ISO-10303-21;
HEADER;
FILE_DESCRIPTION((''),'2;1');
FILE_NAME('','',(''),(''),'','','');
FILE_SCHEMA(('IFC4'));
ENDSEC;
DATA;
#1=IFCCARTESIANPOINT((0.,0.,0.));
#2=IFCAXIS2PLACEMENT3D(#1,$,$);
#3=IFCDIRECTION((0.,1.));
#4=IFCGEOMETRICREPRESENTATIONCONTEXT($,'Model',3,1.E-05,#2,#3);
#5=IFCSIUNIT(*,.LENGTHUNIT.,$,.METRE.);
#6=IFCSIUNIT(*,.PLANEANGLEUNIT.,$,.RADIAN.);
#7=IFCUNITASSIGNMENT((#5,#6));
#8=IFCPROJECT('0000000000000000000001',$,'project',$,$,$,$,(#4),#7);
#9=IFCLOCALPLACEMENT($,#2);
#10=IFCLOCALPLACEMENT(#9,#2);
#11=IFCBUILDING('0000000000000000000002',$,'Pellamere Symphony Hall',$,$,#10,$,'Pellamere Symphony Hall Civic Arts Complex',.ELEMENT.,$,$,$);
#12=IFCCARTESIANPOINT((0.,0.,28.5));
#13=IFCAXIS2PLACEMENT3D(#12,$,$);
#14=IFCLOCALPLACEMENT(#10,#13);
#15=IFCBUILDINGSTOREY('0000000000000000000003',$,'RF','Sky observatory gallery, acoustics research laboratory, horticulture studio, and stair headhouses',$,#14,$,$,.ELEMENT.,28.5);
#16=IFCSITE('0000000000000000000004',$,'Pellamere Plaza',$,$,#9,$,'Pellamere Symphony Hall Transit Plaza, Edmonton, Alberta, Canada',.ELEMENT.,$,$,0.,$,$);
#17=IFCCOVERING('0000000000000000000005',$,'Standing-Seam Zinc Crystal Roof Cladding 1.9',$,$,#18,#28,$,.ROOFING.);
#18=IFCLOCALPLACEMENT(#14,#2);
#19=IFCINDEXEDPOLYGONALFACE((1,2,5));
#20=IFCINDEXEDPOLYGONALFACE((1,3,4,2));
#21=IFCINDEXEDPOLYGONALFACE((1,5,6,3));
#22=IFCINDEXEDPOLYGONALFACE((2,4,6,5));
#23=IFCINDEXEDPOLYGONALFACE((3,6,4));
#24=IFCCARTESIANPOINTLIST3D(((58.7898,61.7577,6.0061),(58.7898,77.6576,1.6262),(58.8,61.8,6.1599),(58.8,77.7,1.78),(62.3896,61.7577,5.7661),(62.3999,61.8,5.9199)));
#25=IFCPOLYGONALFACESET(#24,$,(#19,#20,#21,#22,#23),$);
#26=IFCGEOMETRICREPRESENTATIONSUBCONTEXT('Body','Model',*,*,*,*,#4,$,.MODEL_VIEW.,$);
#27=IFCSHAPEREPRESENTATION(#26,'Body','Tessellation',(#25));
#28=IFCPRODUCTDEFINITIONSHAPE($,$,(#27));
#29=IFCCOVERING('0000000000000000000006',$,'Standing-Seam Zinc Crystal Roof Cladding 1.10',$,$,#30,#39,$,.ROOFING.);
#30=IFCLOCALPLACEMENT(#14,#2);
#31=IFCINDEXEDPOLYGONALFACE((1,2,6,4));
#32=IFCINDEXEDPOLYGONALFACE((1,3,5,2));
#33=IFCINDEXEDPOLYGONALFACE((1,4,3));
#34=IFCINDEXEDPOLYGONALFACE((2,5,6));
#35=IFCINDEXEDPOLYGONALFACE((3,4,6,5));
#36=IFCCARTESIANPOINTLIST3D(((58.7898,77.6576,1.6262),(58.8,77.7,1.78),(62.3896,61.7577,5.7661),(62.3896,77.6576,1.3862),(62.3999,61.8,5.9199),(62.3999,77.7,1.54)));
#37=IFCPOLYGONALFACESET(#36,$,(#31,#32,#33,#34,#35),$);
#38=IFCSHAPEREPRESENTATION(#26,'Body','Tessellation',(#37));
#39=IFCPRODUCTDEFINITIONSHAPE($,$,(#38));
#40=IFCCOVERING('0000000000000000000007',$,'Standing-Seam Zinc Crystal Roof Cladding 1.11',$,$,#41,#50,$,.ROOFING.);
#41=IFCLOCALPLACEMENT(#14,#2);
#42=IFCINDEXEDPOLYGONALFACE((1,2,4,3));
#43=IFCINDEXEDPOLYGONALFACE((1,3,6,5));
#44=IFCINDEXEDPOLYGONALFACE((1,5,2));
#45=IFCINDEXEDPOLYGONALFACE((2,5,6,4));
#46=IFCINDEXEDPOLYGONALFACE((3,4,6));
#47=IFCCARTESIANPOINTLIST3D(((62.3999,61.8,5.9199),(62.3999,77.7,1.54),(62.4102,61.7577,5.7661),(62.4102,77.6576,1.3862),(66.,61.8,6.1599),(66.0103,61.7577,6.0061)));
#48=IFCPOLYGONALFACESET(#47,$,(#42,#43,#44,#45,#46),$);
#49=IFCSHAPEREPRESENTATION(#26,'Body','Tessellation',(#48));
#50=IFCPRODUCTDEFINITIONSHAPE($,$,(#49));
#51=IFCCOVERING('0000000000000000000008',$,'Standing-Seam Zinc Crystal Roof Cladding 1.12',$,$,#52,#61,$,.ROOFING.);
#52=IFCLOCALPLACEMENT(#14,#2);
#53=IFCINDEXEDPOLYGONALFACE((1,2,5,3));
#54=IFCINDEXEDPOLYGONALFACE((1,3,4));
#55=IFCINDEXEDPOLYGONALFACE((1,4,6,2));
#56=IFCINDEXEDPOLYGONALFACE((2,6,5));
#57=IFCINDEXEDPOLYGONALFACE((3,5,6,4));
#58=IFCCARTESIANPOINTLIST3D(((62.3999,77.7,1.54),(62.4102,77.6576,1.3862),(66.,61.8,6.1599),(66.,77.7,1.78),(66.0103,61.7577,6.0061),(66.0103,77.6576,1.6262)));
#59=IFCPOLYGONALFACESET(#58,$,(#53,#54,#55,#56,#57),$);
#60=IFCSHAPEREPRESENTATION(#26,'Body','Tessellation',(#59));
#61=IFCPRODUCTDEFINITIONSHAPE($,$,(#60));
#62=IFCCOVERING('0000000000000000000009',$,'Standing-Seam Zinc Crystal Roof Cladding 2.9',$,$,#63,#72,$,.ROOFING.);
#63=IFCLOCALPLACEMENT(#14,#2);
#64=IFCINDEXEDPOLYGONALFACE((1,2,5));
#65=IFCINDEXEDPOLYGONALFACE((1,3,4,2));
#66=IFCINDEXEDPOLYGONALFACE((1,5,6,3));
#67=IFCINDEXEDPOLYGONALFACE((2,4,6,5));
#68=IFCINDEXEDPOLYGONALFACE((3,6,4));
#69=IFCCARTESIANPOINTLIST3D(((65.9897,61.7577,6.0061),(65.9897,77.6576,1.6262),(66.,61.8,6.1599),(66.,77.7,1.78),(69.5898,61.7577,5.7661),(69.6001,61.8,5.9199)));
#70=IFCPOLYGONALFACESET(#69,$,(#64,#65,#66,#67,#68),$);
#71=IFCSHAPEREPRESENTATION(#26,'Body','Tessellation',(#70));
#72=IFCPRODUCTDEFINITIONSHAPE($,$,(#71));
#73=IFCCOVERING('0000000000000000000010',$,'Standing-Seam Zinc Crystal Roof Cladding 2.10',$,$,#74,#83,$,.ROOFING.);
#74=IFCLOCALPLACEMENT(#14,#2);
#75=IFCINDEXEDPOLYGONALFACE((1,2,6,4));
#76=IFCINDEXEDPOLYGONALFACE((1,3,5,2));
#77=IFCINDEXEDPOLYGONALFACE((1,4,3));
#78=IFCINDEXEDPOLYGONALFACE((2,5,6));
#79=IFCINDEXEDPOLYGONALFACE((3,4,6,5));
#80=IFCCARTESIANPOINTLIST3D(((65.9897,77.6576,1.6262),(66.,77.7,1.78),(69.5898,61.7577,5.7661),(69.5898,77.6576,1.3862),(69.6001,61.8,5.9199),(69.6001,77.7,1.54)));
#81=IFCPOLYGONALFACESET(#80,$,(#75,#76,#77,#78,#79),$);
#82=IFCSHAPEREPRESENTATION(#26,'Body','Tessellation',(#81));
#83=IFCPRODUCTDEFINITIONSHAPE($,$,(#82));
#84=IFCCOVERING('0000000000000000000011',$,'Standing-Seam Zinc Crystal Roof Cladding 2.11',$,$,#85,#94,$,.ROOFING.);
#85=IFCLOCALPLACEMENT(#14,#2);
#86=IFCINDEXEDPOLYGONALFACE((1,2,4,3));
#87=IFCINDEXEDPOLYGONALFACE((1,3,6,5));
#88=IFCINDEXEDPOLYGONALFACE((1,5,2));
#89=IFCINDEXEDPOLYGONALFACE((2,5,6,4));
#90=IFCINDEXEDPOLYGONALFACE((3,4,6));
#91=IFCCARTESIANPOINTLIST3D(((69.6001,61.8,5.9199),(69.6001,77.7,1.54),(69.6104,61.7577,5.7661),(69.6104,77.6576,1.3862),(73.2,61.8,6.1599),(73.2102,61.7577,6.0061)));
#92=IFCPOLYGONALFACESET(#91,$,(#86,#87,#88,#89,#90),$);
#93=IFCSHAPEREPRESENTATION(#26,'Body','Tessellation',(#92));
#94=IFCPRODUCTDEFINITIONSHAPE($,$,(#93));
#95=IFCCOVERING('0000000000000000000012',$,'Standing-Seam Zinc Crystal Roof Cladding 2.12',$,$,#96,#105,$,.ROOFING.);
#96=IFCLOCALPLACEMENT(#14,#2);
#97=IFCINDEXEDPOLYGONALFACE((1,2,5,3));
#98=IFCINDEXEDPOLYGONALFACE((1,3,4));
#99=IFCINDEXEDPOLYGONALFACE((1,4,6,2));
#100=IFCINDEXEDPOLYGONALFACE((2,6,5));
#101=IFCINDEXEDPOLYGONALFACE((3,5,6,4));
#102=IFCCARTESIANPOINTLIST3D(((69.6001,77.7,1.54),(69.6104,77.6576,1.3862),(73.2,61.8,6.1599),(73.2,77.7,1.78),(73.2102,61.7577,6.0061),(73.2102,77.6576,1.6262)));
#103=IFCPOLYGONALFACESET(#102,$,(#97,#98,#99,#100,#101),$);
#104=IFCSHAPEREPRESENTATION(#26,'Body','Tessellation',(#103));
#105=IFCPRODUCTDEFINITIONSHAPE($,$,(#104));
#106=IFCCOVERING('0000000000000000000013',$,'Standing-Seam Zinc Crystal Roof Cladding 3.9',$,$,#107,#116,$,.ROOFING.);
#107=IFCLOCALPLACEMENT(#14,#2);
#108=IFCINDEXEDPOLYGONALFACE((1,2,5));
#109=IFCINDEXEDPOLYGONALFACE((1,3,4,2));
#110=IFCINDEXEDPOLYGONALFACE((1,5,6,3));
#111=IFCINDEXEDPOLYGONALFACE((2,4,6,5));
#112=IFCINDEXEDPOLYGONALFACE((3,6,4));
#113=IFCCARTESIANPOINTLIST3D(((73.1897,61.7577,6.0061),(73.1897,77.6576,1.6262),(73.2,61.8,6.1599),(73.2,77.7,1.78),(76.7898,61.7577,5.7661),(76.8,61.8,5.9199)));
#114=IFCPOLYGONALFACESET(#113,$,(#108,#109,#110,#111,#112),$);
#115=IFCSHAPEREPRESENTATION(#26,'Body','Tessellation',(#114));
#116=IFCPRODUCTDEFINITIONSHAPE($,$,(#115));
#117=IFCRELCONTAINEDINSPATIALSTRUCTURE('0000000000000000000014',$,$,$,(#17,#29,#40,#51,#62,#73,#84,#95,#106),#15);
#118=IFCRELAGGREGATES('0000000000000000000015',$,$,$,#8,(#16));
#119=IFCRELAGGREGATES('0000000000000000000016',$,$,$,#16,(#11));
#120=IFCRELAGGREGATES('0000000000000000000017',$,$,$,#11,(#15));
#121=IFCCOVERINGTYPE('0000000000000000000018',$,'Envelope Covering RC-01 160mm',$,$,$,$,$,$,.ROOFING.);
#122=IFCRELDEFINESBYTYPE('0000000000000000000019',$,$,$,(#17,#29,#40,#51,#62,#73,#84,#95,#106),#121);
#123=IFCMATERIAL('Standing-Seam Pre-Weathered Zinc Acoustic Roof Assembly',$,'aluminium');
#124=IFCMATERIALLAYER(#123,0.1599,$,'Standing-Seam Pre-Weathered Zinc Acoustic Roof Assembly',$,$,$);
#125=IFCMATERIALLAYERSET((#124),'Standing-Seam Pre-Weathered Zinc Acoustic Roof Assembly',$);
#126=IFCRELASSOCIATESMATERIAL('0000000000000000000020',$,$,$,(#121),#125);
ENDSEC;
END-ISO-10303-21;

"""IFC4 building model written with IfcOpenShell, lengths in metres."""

from ifc_helpers import new_model, si_unit, direction, frame, origin, place, context, subcontext, project, spatial, polyline, outline, extrude, material, layer, layer_set, type_object, element, save


model = new_model("IFC4")

# Units and contexts
model_context = context("Model", 3, precision=1e-05, world=origin(), true_north=direction((0.0, 1.0)))
body_context = subcontext(model_context, "Body", "Model", "MODEL_VIEW")
ifc_project = project(units=[si_unit("LENGTHUNIT", "METRE"), si_unit("PLANEANGLEUNIT", "RADIAN")], contexts=[model_context])

# Site, building, storey
site_placement = place(None, origin())
site = spatial("IfcSite", under=ifc_project, at=site_placement, Name="Pellamere Plaza", LongName="Pellamere Symphony Hall Transit Plaza, Edmonton, Alberta, Canada", CompositionType="ELEMENT", RefElevation=0.0)
building_placement = place(site_placement, origin())
building = spatial("IfcBuilding", under=site, at=building_placement, Name="Pellamere Symphony Hall", LongName="Pellamere Symphony Hall Civic Arts Complex", CompositionType="ELEMENT")
storey_placement = place(building_placement, frame((0.0, 0.0, 28.5)))
storey = spatial("IfcBuildingStorey", under=building, at=storey_placement, Name="RF", Description="Sky observatory gallery, acoustics research laboratory, horticulture studio, and stair headhouses", CompositionType="ELEMENT", Elevation=28.5)

# Coverings
ifc_material_1 = material(Name="Standing-Seam Pre-Weathered Zinc Acoustic Roof Assembly", Category="aluminium")
ifc_layer_1 = layer(ifc_material_1, 0.1599, Name="Standing-Seam Pre-Weathered Zinc Acoustic Roof Assembly")
ifc_layer_set_1 = layer_set([ifc_layer_1], Name="Standing-Seam Pre-Weathered Zinc Acoustic Roof Assembly")
covering_type = type_object("IfcCoveringType", Name="Envelope Covering RC-01 160mm", PredefinedType="ROOFING", material=ifc_layer_set_1)
covering_1_placement = place(storey_placement, frame((58.8, 61.8, 6.1599), z_axis=(0.06414, 0.265027, 0.962105), x_axis=(0.997785, 0.0, -0.066519)))
element("IfcCovering", 1, at=covering_1_placement, inside=storey, type_object=covering_type, Name="Standing-Seam Zinc Crystal Roof Cladding 1.9", PredefinedType="ROOFING", context=body_context, shape_type="SweptSolid", body=[
    extrude(outline(polyline([(0.0, 0.0), (3.6078, 0.0), (0.2913, 16.4896), (0.0, 0.0)])), origin(), (0.0, 0.0, -1.0), 0.1599),
])
covering_2_placement = place(storey_placement, frame((62.3999, 61.8, 5.9199), z_axis=(0.06414, 0.265027, 0.962105), x_axis=(0.0, 0.96409, -0.265574)))
element("IfcCovering", 2, at=covering_2_placement, inside=storey, type_object=covering_type, Name="Standing-Seam Zinc Crystal Roof Cladding 1.10", PredefinedType="ROOFING", context=body_context, shape_type="SweptSolid", body=[
    extrude(outline(polyline([(0.0, 0.0), (16.4921, 0.0), (16.4284, 3.6073), (0.0, 0.0)])), origin(), (0.0, 0.0, -1.0), 0.1599),
])
covering_3_placement = place(storey_placement, frame((62.3999, 61.8, 5.9199), z_axis=(-0.064136, 0.265027, 0.962106), x_axis=(0.997785, 0.0, 0.066515)))
element("IfcCovering", 3, at=covering_3_placement, inside=storey, type_object=covering_type, Name="Standing-Seam Zinc Crystal Roof Cladding 1.11", PredefinedType="ROOFING", context=body_context, shape_type="SweptSolid", body=[
    extrude(outline(polyline([(0.0, 0.0), (3.6081, 0.0), (-0.2913, 16.4896), (0.0, 0.0)])), origin(), (0.0, 0.0, -1.0), 0.1599),
])
covering_4_placement = place(storey_placement, frame((66.0, 61.8, 6.1599), z_axis=(-0.064136, 0.265027, 0.962106), x_axis=(0.0, 0.96409, -0.265574)))
element("IfcCovering", 4, at=covering_4_placement, inside=storey, type_object=covering_type, Name="Standing-Seam Zinc Crystal Roof Cladding 1.12", PredefinedType="ROOFING", context=body_context, shape_type="SweptSolid", body=[
    extrude(outline(polyline([(0.0, 0.0), (16.4921, 0.0), (16.5559, 3.6075), (0.0, 0.0)])), origin(), (0.0, 0.0, -1.0), 0.1599),
])
covering_5_placement = place(storey_placement, frame((66.0, 61.8, 6.1599), z_axis=(0.064136, 0.265027, 0.962106), x_axis=(0.997785, 0.0, -0.066515)))
element("IfcCovering", 5, at=covering_5_placement, inside=storey, type_object=covering_type, Name="Standing-Seam Zinc Crystal Roof Cladding 2.9", PredefinedType="ROOFING", context=body_context, shape_type="SweptSolid", body=[
    extrude(outline(polyline([(0.0, 0.0), (3.6081, 0.0), (0.2913, 16.4896), (0.0, 0.0)])), origin(), (0.0, 0.0, -1.0), 0.1599),
])
covering_6_placement = place(storey_placement, frame((69.6001, 61.8, 5.9199), z_axis=(0.064136, 0.265027, 0.962106), x_axis=(0.0, 0.96409, -0.265574)))
element("IfcCovering", 6, at=covering_6_placement, inside=storey, type_object=covering_type, Name="Standing-Seam Zinc Crystal Roof Cladding 2.10", PredefinedType="ROOFING", context=body_context, shape_type="SweptSolid", body=[
    extrude(outline(polyline([(0.0, 0.0), (16.4921, 0.0), (16.4284, 3.6075), (0.0, 0.0)])), origin(), (0.0, 0.0, -1.0), 0.1599),
])
covering_7_placement = place(storey_placement, frame((69.6001, 61.8, 5.9199), z_axis=(-0.06414, 0.265027, 0.962105), x_axis=(0.997785, 0.0, 0.066519)))
element("IfcCovering", 7, at=covering_7_placement, inside=storey, type_object=covering_type, Name="Standing-Seam Zinc Crystal Roof Cladding 2.11", PredefinedType="ROOFING", context=body_context, shape_type="SweptSolid", body=[
    extrude(outline(polyline([(0.0, 0.0), (3.6078, 0.0), (-0.2913, 16.4896), (0.0, 0.0)])), origin(), (0.0, 0.0, -1.0), 0.1599),
])
covering_8_placement = place(storey_placement, frame((73.2, 61.8, 6.1599), z_axis=(-0.06414, 0.265027, 0.962105), x_axis=(0.0, 0.96409, -0.265574)))
element("IfcCovering", 8, at=covering_8_placement, inside=storey, type_object=covering_type, Name="Standing-Seam Zinc Crystal Roof Cladding 2.12", PredefinedType="ROOFING", context=body_context, shape_type="SweptSolid", body=[
    extrude(outline(polyline([(0.0, 0.0), (16.4921, 0.0), (16.5559, 3.6073), (0.0, 0.0)])), origin(), (0.0, 0.0, -1.0), 0.1599),
])
covering_9_placement = place(storey_placement, frame((73.2, 61.8, 6.1599), z_axis=(0.064136, 0.265027, 0.962106), x_axis=(0.997785, 0.0, -0.066515)))
element("IfcCovering", 9, at=covering_9_placement, inside=storey, type_object=covering_type, Name="Standing-Seam Zinc Crystal Roof Cladding 3.9", PredefinedType="ROOFING", context=body_context, shape_type="SweptSolid", body=[
    extrude(outline(polyline([(0.0, 0.0), (3.6081, 0.0), (0.2913, 16.4896), (0.0, 0.0)])), origin(), (0.0, 0.0, -1.0), 0.1599),
])

save(model, "model.ifc")
